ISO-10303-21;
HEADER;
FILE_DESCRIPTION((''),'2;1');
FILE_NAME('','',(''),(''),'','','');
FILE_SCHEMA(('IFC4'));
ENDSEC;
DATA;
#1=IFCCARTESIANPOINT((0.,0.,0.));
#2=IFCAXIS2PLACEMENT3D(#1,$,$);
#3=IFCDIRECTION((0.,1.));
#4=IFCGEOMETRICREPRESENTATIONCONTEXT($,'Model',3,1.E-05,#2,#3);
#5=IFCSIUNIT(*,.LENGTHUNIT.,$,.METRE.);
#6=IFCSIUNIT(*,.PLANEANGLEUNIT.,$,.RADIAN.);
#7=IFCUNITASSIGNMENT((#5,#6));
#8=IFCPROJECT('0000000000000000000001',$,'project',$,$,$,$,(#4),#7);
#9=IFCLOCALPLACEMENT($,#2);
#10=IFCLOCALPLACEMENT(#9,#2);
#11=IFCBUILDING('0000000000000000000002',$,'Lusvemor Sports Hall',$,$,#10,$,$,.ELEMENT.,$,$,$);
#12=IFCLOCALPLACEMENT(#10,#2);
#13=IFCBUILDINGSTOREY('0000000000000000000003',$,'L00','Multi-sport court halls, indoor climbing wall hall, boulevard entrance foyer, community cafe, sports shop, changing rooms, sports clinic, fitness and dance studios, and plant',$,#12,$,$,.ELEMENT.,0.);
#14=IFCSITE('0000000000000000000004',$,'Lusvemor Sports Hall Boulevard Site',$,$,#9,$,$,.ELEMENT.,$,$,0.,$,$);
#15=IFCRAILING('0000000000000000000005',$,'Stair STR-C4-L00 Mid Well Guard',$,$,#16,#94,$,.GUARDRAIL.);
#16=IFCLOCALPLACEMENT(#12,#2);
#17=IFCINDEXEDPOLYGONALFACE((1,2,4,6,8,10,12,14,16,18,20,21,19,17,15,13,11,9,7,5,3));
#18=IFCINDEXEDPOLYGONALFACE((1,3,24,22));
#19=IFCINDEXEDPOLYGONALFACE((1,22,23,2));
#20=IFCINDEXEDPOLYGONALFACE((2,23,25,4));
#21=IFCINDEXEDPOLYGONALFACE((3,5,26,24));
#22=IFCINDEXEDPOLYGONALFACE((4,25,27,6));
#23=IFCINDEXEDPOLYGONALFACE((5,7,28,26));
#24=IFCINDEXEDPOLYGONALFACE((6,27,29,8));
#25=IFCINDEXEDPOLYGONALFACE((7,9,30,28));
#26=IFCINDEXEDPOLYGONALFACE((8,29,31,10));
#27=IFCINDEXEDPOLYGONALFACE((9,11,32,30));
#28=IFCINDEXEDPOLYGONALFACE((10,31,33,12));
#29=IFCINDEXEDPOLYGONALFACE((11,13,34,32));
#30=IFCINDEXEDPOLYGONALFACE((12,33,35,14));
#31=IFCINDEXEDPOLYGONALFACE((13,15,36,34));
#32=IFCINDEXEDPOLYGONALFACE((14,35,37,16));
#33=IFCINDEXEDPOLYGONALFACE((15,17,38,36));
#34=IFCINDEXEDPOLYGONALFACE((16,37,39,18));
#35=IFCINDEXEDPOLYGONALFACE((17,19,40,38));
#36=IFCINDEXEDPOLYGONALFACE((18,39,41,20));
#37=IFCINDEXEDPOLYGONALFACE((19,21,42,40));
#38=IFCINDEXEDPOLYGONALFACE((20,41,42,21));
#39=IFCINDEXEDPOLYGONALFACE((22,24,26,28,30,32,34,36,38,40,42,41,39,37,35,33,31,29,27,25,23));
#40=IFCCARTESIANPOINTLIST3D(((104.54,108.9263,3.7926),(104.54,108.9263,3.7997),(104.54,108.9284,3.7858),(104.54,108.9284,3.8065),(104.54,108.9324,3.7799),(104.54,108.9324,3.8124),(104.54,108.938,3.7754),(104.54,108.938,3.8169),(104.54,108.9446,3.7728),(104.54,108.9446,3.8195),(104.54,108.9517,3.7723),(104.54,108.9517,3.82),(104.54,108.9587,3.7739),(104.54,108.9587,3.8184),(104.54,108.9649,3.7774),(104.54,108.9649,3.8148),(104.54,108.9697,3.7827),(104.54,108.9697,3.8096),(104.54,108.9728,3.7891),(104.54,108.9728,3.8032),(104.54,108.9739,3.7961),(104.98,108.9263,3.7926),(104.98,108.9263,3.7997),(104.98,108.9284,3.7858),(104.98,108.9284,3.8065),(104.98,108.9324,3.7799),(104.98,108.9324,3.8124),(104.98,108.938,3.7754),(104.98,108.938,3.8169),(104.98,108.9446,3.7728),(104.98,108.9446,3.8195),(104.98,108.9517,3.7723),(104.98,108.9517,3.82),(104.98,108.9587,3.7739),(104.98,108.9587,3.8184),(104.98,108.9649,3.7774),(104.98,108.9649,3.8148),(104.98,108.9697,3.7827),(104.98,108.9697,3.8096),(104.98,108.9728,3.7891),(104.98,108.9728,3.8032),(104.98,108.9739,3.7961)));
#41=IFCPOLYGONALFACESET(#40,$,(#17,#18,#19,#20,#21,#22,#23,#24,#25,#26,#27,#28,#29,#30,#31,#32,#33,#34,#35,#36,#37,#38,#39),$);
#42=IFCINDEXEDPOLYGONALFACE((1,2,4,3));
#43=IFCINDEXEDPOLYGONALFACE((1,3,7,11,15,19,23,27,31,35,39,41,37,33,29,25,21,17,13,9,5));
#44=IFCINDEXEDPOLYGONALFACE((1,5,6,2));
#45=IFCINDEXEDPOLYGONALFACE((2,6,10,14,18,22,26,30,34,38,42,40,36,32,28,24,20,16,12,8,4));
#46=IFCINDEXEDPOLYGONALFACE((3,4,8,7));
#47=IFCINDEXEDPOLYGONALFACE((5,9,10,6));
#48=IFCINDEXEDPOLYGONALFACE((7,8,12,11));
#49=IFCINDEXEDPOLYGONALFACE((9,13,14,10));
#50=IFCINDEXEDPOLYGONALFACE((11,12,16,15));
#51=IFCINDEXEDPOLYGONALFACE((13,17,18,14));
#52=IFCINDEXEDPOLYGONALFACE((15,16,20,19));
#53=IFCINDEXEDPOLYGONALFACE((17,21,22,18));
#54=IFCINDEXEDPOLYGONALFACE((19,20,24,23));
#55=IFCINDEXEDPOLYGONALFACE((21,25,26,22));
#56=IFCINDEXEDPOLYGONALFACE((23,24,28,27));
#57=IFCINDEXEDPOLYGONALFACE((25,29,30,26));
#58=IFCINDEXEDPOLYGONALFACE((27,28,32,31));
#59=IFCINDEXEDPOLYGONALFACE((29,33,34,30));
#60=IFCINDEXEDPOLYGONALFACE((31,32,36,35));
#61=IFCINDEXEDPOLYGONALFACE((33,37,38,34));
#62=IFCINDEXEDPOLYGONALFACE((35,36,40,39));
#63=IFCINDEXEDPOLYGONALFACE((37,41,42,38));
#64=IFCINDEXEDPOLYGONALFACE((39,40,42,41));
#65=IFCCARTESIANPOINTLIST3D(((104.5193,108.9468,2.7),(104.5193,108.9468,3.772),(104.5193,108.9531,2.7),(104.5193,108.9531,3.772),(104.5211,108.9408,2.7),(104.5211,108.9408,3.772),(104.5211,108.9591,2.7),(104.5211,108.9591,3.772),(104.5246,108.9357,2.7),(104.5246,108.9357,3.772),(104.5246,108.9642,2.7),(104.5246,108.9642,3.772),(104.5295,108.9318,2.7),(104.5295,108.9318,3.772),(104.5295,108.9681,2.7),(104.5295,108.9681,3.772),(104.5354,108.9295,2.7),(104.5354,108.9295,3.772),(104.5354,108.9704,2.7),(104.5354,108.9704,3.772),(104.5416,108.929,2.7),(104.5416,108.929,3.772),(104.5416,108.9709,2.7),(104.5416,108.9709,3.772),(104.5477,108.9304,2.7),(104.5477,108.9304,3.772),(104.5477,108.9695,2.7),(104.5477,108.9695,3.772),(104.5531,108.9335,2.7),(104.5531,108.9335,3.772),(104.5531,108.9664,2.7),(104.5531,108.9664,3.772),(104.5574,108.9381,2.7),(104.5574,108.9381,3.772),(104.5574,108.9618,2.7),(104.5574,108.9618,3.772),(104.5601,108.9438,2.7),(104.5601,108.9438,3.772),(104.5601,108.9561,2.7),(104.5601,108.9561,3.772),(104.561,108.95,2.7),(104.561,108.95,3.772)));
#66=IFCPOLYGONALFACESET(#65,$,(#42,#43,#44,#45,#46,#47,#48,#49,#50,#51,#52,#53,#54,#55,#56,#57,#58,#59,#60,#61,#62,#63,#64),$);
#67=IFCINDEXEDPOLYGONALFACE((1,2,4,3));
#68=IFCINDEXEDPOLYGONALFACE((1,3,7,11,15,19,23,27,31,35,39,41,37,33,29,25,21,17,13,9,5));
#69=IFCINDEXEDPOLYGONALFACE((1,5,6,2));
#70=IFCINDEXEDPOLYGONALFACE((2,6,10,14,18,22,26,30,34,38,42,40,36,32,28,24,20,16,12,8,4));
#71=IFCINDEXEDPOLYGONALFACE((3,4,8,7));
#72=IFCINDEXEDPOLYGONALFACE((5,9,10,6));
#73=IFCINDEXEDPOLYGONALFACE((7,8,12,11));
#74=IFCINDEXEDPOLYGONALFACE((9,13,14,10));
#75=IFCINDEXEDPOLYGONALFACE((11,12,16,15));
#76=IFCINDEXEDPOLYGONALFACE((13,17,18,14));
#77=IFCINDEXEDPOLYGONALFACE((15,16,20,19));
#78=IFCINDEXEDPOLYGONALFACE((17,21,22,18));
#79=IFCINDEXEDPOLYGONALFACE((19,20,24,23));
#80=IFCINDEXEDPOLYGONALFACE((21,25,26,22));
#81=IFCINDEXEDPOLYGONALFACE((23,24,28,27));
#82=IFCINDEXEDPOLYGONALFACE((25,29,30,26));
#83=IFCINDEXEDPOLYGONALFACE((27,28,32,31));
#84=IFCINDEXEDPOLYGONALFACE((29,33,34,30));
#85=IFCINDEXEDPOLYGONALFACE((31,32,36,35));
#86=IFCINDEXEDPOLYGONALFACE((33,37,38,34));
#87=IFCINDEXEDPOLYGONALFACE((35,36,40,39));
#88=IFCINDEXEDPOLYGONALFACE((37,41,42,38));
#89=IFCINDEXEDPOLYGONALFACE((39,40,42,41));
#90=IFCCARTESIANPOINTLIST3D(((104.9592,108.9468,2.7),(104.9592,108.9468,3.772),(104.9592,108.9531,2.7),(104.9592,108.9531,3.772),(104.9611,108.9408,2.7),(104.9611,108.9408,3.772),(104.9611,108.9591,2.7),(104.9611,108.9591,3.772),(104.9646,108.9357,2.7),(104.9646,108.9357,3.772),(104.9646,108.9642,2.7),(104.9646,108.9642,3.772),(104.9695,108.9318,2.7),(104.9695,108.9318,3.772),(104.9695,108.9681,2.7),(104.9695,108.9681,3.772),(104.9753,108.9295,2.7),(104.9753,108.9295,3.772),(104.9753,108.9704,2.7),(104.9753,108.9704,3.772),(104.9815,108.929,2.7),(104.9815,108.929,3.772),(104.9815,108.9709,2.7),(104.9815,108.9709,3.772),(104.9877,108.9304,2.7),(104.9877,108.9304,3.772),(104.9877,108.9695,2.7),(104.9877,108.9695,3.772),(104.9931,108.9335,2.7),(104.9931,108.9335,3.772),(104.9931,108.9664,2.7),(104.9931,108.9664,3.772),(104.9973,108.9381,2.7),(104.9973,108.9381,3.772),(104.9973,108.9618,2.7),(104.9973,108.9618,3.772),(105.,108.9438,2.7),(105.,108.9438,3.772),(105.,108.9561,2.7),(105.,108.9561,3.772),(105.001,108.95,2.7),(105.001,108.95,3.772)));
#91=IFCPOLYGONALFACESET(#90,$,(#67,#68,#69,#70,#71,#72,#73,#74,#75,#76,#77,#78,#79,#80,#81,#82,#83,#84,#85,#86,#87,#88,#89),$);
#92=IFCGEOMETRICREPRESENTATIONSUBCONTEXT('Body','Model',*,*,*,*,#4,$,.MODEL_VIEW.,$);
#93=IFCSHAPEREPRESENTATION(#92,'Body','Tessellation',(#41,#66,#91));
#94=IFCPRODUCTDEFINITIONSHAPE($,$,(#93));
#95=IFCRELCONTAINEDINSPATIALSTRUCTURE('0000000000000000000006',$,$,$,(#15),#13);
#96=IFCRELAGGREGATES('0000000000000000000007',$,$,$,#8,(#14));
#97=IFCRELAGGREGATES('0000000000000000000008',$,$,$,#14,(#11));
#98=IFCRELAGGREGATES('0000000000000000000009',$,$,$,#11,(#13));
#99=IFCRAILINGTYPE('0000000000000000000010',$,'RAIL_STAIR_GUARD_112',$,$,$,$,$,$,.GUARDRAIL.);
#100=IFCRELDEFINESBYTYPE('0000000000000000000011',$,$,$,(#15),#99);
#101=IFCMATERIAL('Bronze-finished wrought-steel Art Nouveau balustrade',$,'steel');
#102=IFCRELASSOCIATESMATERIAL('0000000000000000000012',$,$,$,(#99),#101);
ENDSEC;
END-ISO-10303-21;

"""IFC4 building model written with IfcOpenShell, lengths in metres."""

from ifc_helpers import new_model, si_unit, direction, frame, origin, origin_2d, place, context, subcontext, project, spatial, circle, extrude, material, type_object, element, save


model = new_model("IFC4")

# Units and contexts
model_context = context("Model", 3, precision=1e-05, world=origin(), true_north=direction((0.0, 1.0)))
body_context = subcontext(model_context, "Body", "Model", "MODEL_VIEW")
ifc_project = project(units=[si_unit("LENGTHUNIT", "METRE"), si_unit("PLANEANGLEUNIT", "RADIAN")], contexts=[model_context])

# Site, building, storey
site_placement = place(None, origin())
site = spatial("IfcSite", under=ifc_project, at=site_placement, Name="Lusvemor Sports Hall Boulevard Site", CompositionType="ELEMENT", RefElevation=0.0)
building_placement = place(site_placement, origin())
building = spatial("IfcBuilding", under=site, at=building_placement, Name="Lusvemor Sports Hall", CompositionType="ELEMENT")
storey_placement = place(building_placement, origin())
storey = spatial("IfcBuildingStorey", under=building, at=storey_placement, Name="L00", Description="Multi-sport court halls, indoor climbing wall hall, boulevard entrance foyer, community cafe, sports shop, changing rooms, sports clinic, fitness and dance studios, and plant", CompositionType="ELEMENT", Elevation=0.0)

# Railing
ifc_material_1 = material(Name="Bronze-finished wrought-steel Art Nouveau balustrade", Category="steel")
railing_type_1 = type_object("IfcRailingType", Name="RAIL_STAIR_GUARD_112", PredefinedType="GUARDRAIL", material=ifc_material_1)
railing_1_placement = place(storey_placement, frame((104.54, 108.95, 2.7)))
element("IfcRailing", 1, at=railing_1_placement, inside=storey, type_object=railing_type_1, Name="Stair STR-C4-L00 Mid Well Guard", PredefinedType="GUARDRAIL", context=body_context, shape_type="SweptSolid", body=[
    extrude(circle(Radius=0.0239, at=origin_2d()), frame((0.0, 0.0, 1.0962), z_axis=(1.0, 0.0, 0.0), x_axis=(0.0, 1.0, 0.0)), (0.0, 0.0, 1.0), 0.4399),
    extrude(circle(Radius=0.021, at=origin_2d()), origin(), (0.0, 0.0, 1.0), 1.072),
    extrude(circle(Radius=0.021, at=origin_2d()), frame((0.4399, 0.0, 0.0)), (0.0, 0.0, 1.0), 1.072),
])

save(model, "model.ifc")
